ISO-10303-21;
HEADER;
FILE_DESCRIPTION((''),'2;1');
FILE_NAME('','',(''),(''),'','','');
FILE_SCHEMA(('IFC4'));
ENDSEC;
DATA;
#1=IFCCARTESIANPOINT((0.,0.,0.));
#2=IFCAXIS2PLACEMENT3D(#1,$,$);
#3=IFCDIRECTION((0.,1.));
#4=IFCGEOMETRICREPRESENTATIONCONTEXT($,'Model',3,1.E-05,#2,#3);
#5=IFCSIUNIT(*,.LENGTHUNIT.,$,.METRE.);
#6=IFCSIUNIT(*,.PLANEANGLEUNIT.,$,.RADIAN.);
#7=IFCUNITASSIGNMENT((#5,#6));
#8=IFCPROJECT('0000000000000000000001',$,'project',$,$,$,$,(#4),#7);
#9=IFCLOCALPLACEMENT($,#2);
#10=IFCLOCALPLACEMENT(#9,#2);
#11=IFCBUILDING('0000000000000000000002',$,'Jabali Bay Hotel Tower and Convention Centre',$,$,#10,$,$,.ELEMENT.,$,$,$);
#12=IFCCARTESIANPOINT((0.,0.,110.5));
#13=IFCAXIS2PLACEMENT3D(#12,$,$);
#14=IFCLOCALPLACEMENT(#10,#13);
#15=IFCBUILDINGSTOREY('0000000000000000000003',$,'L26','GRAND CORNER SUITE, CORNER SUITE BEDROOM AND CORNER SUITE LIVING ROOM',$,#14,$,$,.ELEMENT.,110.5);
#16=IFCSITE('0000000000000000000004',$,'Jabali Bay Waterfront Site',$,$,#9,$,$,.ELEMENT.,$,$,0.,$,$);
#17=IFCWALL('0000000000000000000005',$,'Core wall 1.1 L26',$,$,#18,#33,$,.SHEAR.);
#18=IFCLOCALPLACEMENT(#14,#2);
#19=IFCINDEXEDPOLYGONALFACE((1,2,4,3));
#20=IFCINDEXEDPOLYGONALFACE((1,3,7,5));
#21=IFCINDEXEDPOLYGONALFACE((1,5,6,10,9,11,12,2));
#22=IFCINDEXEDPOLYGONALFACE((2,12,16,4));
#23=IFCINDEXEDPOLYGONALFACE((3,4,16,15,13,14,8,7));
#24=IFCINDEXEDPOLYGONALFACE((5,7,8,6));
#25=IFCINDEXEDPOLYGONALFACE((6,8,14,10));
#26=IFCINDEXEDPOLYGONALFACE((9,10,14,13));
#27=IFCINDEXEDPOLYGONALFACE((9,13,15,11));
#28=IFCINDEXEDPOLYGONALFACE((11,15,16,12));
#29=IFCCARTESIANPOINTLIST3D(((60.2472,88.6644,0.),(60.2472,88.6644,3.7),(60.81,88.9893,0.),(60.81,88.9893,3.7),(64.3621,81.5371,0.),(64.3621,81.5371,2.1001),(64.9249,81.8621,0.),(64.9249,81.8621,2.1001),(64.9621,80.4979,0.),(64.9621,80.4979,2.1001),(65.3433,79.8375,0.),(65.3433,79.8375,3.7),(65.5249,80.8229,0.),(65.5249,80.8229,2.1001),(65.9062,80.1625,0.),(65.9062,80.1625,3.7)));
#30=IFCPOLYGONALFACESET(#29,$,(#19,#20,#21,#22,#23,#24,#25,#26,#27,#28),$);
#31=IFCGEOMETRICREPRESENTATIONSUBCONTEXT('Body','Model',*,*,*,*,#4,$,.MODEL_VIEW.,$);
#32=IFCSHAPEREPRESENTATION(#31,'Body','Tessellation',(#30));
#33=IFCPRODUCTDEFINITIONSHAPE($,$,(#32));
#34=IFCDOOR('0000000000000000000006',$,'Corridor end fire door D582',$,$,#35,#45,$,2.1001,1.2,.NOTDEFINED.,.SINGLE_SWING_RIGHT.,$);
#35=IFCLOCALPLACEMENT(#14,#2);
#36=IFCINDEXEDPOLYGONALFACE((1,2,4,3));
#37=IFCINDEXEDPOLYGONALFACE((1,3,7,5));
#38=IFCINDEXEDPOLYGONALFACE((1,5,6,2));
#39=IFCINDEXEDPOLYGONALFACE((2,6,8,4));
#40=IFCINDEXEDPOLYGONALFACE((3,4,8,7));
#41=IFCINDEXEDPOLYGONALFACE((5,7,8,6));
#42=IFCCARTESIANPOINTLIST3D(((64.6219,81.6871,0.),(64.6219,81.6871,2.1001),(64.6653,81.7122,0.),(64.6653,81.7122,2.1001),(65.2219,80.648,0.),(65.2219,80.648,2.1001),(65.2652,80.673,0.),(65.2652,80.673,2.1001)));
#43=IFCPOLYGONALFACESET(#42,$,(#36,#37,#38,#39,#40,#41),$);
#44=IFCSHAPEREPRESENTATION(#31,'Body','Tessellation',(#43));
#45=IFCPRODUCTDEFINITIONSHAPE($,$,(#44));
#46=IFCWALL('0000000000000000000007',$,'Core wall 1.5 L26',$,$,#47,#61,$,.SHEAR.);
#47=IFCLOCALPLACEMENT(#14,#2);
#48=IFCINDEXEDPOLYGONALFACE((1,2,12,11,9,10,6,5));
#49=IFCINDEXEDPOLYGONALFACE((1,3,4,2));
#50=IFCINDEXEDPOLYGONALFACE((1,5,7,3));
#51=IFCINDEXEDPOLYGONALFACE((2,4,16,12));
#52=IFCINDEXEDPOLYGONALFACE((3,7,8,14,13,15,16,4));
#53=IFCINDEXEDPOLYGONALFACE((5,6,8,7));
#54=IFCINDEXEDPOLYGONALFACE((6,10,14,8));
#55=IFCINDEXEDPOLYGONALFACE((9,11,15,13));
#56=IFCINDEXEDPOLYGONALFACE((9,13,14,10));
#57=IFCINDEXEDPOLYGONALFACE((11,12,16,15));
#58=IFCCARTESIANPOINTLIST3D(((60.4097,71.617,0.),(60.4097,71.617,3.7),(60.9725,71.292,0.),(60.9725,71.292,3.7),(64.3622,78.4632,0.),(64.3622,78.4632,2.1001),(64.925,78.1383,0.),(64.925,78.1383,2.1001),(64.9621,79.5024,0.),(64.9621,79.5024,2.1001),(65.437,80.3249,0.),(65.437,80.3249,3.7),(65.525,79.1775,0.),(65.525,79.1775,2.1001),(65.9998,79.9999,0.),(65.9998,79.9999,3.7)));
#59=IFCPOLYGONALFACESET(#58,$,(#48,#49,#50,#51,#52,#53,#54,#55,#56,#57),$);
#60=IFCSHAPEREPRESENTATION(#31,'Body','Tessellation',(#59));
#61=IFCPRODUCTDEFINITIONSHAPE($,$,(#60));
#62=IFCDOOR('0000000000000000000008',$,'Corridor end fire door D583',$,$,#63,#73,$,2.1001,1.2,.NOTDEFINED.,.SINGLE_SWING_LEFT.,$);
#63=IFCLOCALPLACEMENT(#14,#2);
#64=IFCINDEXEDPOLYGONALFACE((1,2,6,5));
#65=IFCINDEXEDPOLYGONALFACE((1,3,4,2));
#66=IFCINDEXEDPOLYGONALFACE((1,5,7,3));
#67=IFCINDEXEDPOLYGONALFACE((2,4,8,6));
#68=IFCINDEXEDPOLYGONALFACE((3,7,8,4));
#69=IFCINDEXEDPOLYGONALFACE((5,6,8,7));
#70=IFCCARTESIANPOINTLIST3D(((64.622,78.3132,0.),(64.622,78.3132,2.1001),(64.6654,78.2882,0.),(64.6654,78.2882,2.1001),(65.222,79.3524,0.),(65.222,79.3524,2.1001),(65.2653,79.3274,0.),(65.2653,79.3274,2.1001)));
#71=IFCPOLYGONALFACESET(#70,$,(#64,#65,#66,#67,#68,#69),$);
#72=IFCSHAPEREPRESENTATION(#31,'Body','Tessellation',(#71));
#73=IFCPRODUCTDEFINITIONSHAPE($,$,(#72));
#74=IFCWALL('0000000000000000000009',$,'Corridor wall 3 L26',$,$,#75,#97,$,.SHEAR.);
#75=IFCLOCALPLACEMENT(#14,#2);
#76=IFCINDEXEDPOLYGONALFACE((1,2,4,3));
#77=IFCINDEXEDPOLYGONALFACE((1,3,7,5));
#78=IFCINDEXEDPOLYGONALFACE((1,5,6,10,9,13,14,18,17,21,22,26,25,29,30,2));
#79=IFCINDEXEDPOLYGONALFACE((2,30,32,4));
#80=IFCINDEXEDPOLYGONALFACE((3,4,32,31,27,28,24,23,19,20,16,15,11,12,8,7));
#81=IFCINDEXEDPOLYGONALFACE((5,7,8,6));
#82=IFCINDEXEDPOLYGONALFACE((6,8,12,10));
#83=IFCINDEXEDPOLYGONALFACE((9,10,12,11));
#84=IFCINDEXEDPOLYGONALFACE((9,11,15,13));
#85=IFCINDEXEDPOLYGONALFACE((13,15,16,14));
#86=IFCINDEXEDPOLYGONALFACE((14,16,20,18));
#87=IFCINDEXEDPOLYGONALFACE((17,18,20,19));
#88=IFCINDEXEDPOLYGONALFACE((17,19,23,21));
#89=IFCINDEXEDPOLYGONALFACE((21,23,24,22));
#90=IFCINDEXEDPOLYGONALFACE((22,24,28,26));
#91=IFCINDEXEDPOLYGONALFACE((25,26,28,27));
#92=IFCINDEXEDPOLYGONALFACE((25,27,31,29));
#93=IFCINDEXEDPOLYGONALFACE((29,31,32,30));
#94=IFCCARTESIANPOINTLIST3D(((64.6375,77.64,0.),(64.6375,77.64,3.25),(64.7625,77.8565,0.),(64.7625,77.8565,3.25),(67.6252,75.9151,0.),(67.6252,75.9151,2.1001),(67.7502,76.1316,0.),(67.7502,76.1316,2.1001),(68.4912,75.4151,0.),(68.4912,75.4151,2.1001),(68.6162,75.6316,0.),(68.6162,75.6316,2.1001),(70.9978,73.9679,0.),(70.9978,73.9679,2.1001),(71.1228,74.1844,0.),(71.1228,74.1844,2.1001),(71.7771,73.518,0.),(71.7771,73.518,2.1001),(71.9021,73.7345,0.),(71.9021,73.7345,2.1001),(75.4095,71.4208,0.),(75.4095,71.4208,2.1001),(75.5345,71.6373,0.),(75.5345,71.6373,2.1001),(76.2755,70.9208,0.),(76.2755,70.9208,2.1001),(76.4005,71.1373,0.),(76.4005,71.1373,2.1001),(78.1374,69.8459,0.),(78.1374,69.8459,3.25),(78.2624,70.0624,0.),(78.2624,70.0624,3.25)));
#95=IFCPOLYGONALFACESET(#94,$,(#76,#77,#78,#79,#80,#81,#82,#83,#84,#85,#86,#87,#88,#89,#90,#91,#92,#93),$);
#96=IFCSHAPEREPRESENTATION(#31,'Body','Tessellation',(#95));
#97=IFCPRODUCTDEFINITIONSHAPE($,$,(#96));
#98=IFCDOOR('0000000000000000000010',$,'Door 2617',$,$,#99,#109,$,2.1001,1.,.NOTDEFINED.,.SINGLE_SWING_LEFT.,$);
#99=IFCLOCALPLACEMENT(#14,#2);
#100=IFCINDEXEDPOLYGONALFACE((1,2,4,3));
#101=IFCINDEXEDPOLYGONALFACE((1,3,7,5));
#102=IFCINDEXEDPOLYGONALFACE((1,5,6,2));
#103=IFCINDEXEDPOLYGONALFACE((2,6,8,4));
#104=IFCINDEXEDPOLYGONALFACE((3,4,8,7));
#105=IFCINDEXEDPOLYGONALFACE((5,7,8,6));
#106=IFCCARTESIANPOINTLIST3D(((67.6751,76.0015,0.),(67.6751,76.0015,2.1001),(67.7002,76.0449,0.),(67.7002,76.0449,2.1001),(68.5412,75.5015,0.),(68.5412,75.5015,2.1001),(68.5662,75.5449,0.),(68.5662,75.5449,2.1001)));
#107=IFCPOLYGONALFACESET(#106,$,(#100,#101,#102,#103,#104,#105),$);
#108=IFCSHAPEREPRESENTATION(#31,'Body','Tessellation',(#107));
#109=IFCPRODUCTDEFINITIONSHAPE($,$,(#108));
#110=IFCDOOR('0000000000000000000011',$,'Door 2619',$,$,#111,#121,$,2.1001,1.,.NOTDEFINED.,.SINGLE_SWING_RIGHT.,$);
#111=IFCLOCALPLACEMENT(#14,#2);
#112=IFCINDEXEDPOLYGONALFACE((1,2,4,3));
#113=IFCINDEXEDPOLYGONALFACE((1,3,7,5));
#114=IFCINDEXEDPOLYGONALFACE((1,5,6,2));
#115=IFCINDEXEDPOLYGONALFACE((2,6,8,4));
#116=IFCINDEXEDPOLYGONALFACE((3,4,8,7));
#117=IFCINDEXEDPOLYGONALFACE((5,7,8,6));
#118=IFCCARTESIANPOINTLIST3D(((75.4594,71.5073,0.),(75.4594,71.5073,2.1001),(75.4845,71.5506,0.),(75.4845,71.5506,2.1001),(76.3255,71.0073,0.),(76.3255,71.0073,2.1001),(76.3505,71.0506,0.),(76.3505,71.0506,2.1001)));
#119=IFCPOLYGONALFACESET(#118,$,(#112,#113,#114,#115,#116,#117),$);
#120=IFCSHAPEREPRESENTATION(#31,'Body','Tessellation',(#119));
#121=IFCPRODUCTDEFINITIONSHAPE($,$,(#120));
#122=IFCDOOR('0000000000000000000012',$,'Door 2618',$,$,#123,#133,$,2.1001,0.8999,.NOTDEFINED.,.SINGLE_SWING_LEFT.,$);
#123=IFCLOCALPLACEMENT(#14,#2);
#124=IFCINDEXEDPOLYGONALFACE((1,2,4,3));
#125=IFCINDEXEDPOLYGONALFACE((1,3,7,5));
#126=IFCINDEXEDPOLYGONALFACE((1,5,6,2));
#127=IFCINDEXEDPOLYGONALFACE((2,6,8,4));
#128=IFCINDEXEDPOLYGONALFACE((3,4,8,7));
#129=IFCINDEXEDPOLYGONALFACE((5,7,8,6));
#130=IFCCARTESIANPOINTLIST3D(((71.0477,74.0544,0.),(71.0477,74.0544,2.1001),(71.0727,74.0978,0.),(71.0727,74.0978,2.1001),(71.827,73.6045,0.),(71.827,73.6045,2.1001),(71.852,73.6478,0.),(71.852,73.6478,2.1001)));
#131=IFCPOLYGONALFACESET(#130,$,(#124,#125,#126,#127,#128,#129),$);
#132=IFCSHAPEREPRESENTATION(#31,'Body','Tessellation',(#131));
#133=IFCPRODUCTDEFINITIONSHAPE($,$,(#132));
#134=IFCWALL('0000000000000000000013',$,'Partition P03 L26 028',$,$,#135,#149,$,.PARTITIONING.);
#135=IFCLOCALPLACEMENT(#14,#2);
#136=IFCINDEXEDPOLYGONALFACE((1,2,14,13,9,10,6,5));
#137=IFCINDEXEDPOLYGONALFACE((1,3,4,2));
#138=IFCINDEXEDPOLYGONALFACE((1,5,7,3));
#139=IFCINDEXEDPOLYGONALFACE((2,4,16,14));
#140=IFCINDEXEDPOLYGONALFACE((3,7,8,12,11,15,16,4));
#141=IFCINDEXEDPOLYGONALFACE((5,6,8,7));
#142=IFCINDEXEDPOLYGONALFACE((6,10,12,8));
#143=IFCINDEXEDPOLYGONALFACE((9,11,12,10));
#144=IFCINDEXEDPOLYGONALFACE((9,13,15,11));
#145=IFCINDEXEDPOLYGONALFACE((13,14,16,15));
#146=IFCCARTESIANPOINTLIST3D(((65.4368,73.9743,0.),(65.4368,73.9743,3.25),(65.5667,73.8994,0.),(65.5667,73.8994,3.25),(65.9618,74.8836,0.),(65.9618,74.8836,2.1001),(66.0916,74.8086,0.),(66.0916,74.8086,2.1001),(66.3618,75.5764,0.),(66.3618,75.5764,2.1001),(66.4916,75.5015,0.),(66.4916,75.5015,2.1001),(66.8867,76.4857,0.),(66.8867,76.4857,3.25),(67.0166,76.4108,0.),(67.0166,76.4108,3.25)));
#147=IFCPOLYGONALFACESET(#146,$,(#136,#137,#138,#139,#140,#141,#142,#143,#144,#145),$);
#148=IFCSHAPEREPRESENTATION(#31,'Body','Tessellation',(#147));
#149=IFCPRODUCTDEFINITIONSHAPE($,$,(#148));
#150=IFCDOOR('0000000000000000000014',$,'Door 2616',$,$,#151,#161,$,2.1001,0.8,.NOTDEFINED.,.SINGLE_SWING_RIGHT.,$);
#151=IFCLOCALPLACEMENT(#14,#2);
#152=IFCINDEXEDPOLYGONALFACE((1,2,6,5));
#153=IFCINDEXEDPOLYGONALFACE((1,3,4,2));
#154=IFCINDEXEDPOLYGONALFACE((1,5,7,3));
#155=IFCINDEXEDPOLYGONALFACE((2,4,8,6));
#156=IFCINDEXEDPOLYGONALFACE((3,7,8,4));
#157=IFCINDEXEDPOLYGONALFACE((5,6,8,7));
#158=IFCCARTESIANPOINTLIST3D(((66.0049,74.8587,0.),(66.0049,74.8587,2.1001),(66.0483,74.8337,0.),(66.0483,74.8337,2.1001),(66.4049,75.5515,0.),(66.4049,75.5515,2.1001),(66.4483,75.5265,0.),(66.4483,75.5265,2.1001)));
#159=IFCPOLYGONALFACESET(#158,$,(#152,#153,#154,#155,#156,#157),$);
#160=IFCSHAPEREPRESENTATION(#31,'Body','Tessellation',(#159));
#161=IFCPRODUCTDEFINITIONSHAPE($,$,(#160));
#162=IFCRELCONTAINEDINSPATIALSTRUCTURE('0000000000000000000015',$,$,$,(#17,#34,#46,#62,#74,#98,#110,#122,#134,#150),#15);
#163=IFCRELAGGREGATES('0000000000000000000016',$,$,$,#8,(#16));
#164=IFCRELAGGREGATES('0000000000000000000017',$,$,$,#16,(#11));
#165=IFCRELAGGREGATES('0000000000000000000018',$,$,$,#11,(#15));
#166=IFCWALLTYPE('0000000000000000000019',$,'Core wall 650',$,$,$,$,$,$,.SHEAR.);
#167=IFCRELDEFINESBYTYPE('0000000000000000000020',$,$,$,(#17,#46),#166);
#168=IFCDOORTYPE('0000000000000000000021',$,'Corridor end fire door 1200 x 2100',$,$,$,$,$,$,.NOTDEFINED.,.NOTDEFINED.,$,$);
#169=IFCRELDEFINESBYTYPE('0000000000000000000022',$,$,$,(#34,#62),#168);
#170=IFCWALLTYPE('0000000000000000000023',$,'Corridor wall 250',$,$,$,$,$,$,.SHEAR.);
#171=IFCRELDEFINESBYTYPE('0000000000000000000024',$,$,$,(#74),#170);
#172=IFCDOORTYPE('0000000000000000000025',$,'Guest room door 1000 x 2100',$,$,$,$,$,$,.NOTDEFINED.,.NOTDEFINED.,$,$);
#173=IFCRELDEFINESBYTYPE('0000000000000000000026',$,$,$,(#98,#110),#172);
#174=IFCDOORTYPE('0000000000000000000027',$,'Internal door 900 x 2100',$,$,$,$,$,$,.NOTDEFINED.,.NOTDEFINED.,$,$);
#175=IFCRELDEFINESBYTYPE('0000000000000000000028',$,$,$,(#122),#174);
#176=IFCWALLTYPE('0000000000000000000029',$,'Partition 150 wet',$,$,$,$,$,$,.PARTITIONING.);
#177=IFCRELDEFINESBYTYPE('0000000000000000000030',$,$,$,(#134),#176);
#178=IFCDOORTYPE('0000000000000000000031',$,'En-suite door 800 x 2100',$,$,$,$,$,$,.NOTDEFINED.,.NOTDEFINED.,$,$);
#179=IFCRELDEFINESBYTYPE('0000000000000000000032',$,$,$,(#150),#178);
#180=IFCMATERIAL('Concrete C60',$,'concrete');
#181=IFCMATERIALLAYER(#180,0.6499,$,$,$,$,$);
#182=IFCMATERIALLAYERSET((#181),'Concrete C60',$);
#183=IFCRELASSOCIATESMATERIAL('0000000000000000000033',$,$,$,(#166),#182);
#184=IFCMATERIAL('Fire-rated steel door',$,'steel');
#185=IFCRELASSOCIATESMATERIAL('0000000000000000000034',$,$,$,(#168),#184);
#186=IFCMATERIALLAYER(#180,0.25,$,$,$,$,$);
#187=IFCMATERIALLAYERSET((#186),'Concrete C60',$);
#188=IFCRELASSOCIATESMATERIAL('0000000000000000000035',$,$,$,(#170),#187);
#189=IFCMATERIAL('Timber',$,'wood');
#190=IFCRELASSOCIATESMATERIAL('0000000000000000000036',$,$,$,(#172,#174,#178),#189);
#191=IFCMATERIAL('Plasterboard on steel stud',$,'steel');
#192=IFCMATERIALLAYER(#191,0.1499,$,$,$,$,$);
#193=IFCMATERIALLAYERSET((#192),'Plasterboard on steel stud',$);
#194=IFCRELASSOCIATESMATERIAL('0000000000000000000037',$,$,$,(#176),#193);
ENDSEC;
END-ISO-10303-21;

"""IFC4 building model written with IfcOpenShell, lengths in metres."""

from ifc_helpers import new_model, si_unit, direction, frame, frame_2d, origin, place, context, subcontext, project, spatial, rectangle, extrude, material, layer, layer_set, type_object, element, fill, save


model = new_model("IFC4")

# Units and contexts
model_context = context("Model", 3, precision=1e-05, world=origin(), true_north=direction((0.0, 1.0)))
body_context = subcontext(model_context, "Body", "Model", "MODEL_VIEW")
ifc_project = project(units=[si_unit("LENGTHUNIT", "METRE"), si_unit("PLANEANGLEUNIT", "RADIAN")], contexts=[model_context])

# Site, building, storey
site_placement = place(None, origin())
site = spatial("IfcSite", under=ifc_project, at=site_placement, Name="Jabali Bay Waterfront Site", CompositionType="ELEMENT", RefElevation=0.0)
building_placement = place(site_placement, origin())
building = spatial("IfcBuilding", under=site, at=building_placement, Name="Jabali Bay Hotel Tower and Convention Centre", CompositionType="ELEMENT")
storey_placement = place(building_placement, frame((0.0, 0.0, 110.5)))
storey = spatial("IfcBuildingStorey", under=building, at=storey_placement, Name="L26", Description="GRAND CORNER SUITE, CORNER SUITE BEDROOM AND CORNER SUITE LIVING ROOM", CompositionType="ELEMENT", Elevation=110.5)

# Shared definitions
ifc_material_1 = material(Name="Concrete C60", Category="concrete")

# Shared definitions
ifc_material_2 = material(Name="Fire-rated steel door", Category="steel")

# Walls, openings, doors
ifc_layer_1 = layer(ifc_material_1, 0.6499)
ifc_layer_set_1 = layer_set([ifc_layer_1], Name="Concrete C60")
wall_type_1 = type_object("IfcWallType", Name="Core wall 650", PredefinedType="SHEAR", material=ifc_layer_set_1)
wall_1_placement = place(storey_placement, frame((65.6248, 80.0, 0.0), z_axis=(0.0, 0.0, 1.0), x_axis=(-0.499998, 0.866026, 0.0)))
wall_1 = element("IfcWall", 1, at=wall_1_placement, inside=storey, type_object=wall_type_1, Name="Core wall 1.1 L26", PredefinedType="SHEAR", context=body_context, shape_type="SweptSolid", body=[
    extrude(rectangle(XDim=10.1924, YDim=0.6499, at=frame_2d((5.0962, 0.0))), origin(), (0.0, 0.0, 1.0), 3.7),
])
opening_1_placement = place(wall_1_placement, frame((0.7625, 0.0, 0.0)))
opening_1 = element("IfcOpeningElement", 2, at=opening_1_placement, cuts=wall_1, PredefinedType="OPENING", context=body_context, shape_type="SweptSolid", body=[
    extrude(rectangle(XDim=1.2, YDim=2.1001, at=frame_2d((0.6001, 1.05))), frame((0.0, 0.3354, 0.0), z_axis=(0.0, -1.0, 0.0), x_axis=(1.0, 0.0, 0.0)), (0.0, 0.0, 1.0), 0.6709),
])
door_type_1 = type_object("IfcDoorType", Name="Corridor end fire door 1200 x 2100", OperationType="NOTDEFINED", PredefinedType="NOTDEFINED", material=ifc_material_2)
door_1_placement = place(opening_1_placement, origin())
door_1 = element("IfcDoor", 3, at=door_1_placement, inside=storey, type_object=door_type_1, Name="Corridor end fire door D582", OperationType="SINGLE_SWING_RIGHT", OverallHeight=2.1001, OverallWidth=1.2, PredefinedType="NOTDEFINED", context=body_context, shape_type="SweptSolid", body=[
    extrude(rectangle(XDim=1.2, YDim=2.1001, at=frame_2d((0.6001, 1.05))), frame((0.0, 0.0249, 0.0), z_axis=(0.0, -1.0, 0.0), x_axis=(1.0, 0.0, 0.0)), (0.0, 0.0, 1.0), 0.05),
])
fill(opening_1, door_1)
wall_2_placement = place(storey_placement, frame((60.6912, 71.4546, 0.0), z_axis=(0.0, 0.0, 1.0), x_axis=(0.499983, 0.866035, 0.0)))
wall_2 = element("IfcWall", 4, at=wall_2_placement, inside=storey, type_object=wall_type_1, Name="Core wall 1.5 L26", PredefinedType="SHEAR", context=body_context, shape_type="SweptSolid", body=[
    extrude(rectangle(XDim=10.0549, YDim=0.6499, at=frame_2d((5.0273, 0.0))), origin(), (0.0, 0.0, 1.0), 3.7),
])
opening_2_placement = place(wall_2_placement, frame((7.905, 0.0, 0.0)))
opening_2 = element("IfcOpeningElement", 5, at=opening_2_placement, cuts=wall_2, PredefinedType="OPENING", context=body_context, shape_type="SweptSolid", body=[
    extrude(rectangle(XDim=1.2, YDim=2.1001, at=frame_2d((0.6001, 1.05))), frame((0.0, 0.3354, 0.0), z_axis=(0.0, -1.0, 0.0), x_axis=(1.0, 0.0, 0.0)), (0.0, 0.0, 1.0), 0.6709),
])
door_2_placement = place(opening_2_placement, origin())
door_2 = element("IfcDoor", 6, at=door_2_placement, inside=storey, type_object=door_type_1, Name="Corridor end fire door D583", OperationType="SINGLE_SWING_LEFT", OverallHeight=2.1001, OverallWidth=1.2, PredefinedType="NOTDEFINED", context=body_context, shape_type="SweptSolid", body=[
    extrude(rectangle(XDim=1.2, YDim=2.1001, at=frame_2d((0.6001, 1.05))), frame((0.0, 0.0249, 0.0), z_axis=(0.0, -1.0, 0.0), x_axis=(1.0, 0.0, 0.0)), (0.0, 0.0, 1.0), 0.05),
])
fill(opening_2, door_2)

# Wall, openings, doors
ifc_layer_2 = layer(ifc_material_1, 0.25)
ifc_layer_set_2 = layer_set([ifc_layer_2], Name="Concrete C60")
wall_type_2 = type_object("IfcWallType", Name="Corridor wall 250", PredefinedType="SHEAR", material=ifc_layer_set_2)
wall_3_placement = place(storey_placement, frame((64.7, 77.7483, 0.0), z_axis=(0.0, 0.0, 1.0), x_axis=(0.866026, -0.499998, 0.0)))
wall_3 = element("IfcWall", 7, at=wall_3_placement, inside=storey, type_object=wall_type_2, Name="Corridor wall 3 L26", PredefinedType="SHEAR", context=body_context, shape_type="SweptSolid", body=[
    extrude(rectangle(XDim=15.5884, YDim=0.25, at=frame_2d((7.7942, 0.0))), origin(), (0.0, 0.0, 1.0), 3.25),
])
opening_3_placement = place(wall_3_placement, frame((3.45, 0.0, 0.0)))
opening_3 = element("IfcOpeningElement", 8, at=opening_3_placement, cuts=wall_3, PredefinedType="OPENING", context=body_context, shape_type="SweptSolid", body=[
    extrude(rectangle(XDim=1.0, YDim=2.1001, at=frame_2d((0.5, 1.05))), frame((0.0, 0.1355, 0.0), z_axis=(0.0, -1.0, 0.0), x_axis=(1.0, 0.0, 0.0)), (0.0, 0.0, 1.0), 0.271),
])
opening_4_placement = place(wall_3_placement, frame((7.3442, 0.0, 0.0)))
opening_4 = element("IfcOpeningElement", 9, at=opening_4_placement, cuts=wall_3, PredefinedType="OPENING", context=body_context, shape_type="SweptSolid", body=[
    extrude(rectangle(XDim=0.8999, YDim=2.1001, at=frame_2d((0.45, 1.05))), frame((0.0, 0.1355, 0.0), z_axis=(0.0, -1.0, 0.0), x_axis=(1.0, 0.0, 0.0)), (0.0, 0.0, 1.0), 0.271),
])
opening_5_placement = place(wall_3_placement, frame((12.4385, 0.0, 0.0)))
opening_5 = element("IfcOpeningElement", 10, at=opening_5_placement, cuts=wall_3, PredefinedType="OPENING", context=body_context, shape_type="SweptSolid", body=[
    extrude(rectangle(XDim=1.0, YDim=2.1001, at=frame_2d((0.5, 1.05))), frame((0.0, 0.1355, 0.0), z_axis=(0.0, -1.0, 0.0), x_axis=(1.0, 0.0, 0.0)), (0.0, 0.0, 1.0), 0.271),
])
ifc_material_3 = material(Name="Timber", Category="wood")
door_type_2 = type_object("IfcDoorType", Name="Guest room door 1000 x 2100", OperationType="NOTDEFINED", PredefinedType="NOTDEFINED", material=ifc_material_3)
door_3_placement = place(opening_3_placement, origin())
door_3 = element("IfcDoor", 11, at=door_3_placement, inside=storey, type_object=door_type_2, Name="Door 2617", OperationType="SINGLE_SWING_LEFT", OverallHeight=2.1001, OverallWidth=1.0, PredefinedType="NOTDEFINED", context=body_context, shape_type="SweptSolid", body=[
    extrude(rectangle(XDim=1.0, YDim=2.1001, at=frame_2d((0.5, 1.05))), frame((0.0, 0.0249, 0.0), z_axis=(0.0, -1.0, 0.0), x_axis=(1.0, 0.0, 0.0)), (0.0, 0.0, 1.0), 0.05),
])
fill(opening_3, door_3)
door_4_placement = place(opening_5_placement, origin())
door_4 = element("IfcDoor", 12, at=door_4_placement, inside=storey, type_object=door_type_2, Name="Door 2619", OperationType="SINGLE_SWING_RIGHT", OverallHeight=2.1001, OverallWidth=1.0, PredefinedType="NOTDEFINED", context=body_context, shape_type="SweptSolid", body=[
    extrude(rectangle(XDim=1.0, YDim=2.1001, at=frame_2d((0.5, 1.05))), frame((0.0, 0.0249, 0.0), z_axis=(0.0, -1.0, 0.0), x_axis=(1.0, 0.0, 0.0)), (0.0, 0.0, 1.0), 0.05),
])
fill(opening_5, door_4)
door_type_3 = type_object("IfcDoorType", Name="Internal door 900 x 2100", OperationType="NOTDEFINED", PredefinedType="NOTDEFINED", material=ifc_material_3)
door_5_placement = place(opening_4_placement, origin())
door_5 = element("IfcDoor", 13, at=door_5_placement, inside=storey, type_object=door_type_3, Name="Door 2618", OperationType="SINGLE_SWING_LEFT", OverallHeight=2.1001, OverallWidth=0.8999, PredefinedType="NOTDEFINED", context=body_context, shape_type="SweptSolid", body=[
    extrude(rectangle(XDim=0.8999, YDim=2.1001, at=frame_2d((0.45, 1.05))), frame((0.0, 0.0249, 0.0), z_axis=(0.0, -1.0, 0.0), x_axis=(1.0, 0.0, 0.0)), (0.0, 0.0, 1.0), 0.05),
])
fill(opening_4, door_5)

# Wall, opening, door
ifc_material_4 = material(Name="Plasterboard on steel stud", Category="steel")
ifc_layer_3 = layer(ifc_material_4, 0.1499)
ifc_layer_set_3 = layer_set([ifc_layer_3], Name="Plasterboard on steel stud")
wall_type_3 = type_object("IfcWallType", Name="Partition 150 wet", PredefinedType="PARTITIONING", material=ifc_layer_set_3)
wall_4_placement = place(storey_placement, frame((66.9517, 76.4482, 0.0), z_axis=(0.0, 0.0, 1.0), x_axis=(-0.499987, -0.866033, 0.0)))
wall_4 = element("IfcWall", 14, at=wall_4_placement, inside=storey, type_object=wall_type_3, Name="Partition P03 L26 028", PredefinedType="PARTITIONING", context=body_context, shape_type="SweptSolid", body=[
    extrude(rectangle(XDim=2.8999, YDim=0.1499, at=frame_2d((1.45, 0.0))), origin(), (0.0, 0.0, 1.0), 3.25),
])
opening_6_placement = place(wall_4_placement, frame((1.05, 0.0, 0.0)))
opening_6 = element("IfcOpeningElement", 15, at=opening_6_placement, cuts=wall_4, PredefinedType="OPENING", context=body_context, shape_type="SweptSolid", body=[
    extrude(rectangle(XDim=0.8, YDim=2.1001, at=frame_2d((0.3999, 1.05))), frame((0.0, 0.0854, 0.0), z_axis=(0.0, -1.0, 0.0), x_axis=(1.0, 0.0, 0.0)), (0.0, 0.0, 1.0), 0.1709),
])
door_type_4 = type_object("IfcDoorType", Name="En-suite door 800 x 2100", OperationType="NOTDEFINED", PredefinedType="NOTDEFINED", material=ifc_material_3)
door_6_placement = place(opening_6_placement, origin())
door_6 = element("IfcDoor", 16, at=door_6_placement, inside=storey, type_object=door_type_4, Name="Door 2616", OperationType="SINGLE_SWING_RIGHT", OverallHeight=2.1001, OverallWidth=0.8, PredefinedType="NOTDEFINED", context=body_context, shape_type="SweptSolid", body=[
    extrude(rectangle(XDim=0.8, YDim=2.1001, at=frame_2d((0.3999, 1.05))), frame((0.0, 0.0249, 0.0), z_axis=(0.0, -1.0, 0.0), x_axis=(1.0, 0.0, 0.0)), (0.0, 0.0, 1.0), 0.05),
])
fill(opening_6, door_6)

save(model, "model.ifc")
